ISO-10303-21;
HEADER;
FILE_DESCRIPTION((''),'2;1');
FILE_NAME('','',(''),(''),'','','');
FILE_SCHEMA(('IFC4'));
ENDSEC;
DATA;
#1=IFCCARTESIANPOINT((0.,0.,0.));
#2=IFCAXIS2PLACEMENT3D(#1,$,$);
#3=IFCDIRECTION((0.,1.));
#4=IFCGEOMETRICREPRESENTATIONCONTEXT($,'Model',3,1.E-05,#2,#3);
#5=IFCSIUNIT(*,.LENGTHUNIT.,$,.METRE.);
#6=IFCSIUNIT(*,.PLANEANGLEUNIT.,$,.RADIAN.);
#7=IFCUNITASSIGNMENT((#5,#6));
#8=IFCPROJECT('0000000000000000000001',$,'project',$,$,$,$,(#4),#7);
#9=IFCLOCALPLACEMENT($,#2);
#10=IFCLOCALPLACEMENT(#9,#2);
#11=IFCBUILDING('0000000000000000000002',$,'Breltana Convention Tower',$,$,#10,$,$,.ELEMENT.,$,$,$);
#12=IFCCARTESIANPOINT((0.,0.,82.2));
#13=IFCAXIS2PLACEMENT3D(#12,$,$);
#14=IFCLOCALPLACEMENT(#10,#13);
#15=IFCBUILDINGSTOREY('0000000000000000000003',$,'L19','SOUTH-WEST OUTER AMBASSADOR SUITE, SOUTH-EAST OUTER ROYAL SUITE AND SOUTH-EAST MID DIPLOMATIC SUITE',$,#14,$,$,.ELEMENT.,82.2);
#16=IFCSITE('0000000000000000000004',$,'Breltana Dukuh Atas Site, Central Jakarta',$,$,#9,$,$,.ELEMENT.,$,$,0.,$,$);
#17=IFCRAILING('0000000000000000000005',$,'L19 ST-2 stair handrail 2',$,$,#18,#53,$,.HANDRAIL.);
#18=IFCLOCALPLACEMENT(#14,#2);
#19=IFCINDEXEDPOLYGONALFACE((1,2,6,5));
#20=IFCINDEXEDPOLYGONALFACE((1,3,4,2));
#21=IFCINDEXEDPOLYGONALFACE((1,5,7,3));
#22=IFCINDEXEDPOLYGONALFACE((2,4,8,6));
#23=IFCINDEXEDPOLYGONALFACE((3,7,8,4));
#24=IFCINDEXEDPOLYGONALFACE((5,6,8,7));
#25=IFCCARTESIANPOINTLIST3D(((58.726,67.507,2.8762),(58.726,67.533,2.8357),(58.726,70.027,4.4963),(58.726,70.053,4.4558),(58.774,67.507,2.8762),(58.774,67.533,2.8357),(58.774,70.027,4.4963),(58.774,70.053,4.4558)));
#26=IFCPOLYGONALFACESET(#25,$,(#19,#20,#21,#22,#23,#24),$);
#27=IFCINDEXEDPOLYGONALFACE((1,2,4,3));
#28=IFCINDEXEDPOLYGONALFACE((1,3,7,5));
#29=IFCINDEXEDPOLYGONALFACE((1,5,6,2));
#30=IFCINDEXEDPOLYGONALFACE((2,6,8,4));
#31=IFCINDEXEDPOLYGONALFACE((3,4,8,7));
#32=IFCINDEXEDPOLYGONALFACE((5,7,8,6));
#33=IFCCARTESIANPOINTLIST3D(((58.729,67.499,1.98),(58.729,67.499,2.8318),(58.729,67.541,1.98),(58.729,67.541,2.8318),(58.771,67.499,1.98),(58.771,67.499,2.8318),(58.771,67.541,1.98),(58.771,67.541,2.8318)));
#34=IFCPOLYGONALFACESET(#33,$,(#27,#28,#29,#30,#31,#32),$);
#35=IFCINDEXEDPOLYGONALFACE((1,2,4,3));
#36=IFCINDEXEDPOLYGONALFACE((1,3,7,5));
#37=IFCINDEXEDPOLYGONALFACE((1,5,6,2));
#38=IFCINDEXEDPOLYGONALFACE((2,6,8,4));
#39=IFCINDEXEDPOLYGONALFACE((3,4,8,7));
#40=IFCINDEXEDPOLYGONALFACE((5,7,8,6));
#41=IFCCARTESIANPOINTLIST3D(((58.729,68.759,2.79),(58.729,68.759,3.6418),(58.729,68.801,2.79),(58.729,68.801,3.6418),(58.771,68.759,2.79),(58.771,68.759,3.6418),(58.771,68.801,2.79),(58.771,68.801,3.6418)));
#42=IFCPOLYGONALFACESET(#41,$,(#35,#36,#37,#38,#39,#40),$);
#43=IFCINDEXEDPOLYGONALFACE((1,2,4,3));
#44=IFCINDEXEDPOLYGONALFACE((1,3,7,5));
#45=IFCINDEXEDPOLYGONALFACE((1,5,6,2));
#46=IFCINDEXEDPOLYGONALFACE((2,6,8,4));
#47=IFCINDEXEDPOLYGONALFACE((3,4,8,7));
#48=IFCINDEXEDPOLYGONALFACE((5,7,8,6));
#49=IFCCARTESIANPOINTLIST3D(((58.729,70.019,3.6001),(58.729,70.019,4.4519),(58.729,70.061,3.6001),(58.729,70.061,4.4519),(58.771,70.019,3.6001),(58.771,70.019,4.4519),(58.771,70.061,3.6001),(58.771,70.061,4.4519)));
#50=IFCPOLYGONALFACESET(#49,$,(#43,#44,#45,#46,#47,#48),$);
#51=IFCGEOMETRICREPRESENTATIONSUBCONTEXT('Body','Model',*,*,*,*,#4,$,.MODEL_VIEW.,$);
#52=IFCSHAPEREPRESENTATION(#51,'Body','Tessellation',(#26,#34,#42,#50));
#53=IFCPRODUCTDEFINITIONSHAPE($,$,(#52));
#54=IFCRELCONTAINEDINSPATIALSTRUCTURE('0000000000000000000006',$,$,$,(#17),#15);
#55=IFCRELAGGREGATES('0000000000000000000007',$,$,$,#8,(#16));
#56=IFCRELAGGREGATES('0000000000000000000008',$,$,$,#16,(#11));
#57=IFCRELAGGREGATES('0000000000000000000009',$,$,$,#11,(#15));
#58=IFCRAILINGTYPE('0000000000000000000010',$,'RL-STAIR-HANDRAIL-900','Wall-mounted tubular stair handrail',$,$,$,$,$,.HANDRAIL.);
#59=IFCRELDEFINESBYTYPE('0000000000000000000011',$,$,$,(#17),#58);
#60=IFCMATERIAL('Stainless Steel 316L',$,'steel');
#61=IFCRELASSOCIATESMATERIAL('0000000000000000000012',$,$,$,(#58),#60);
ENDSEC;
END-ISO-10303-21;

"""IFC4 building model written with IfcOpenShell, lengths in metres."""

from ifc_helpers import new_model, si_unit, direction, frame, origin, origin_2d, place, context, subcontext, project, spatial, rectangle, extrude, material, type_object, element, save


model = new_model("IFC4")

# Units and contexts
model_context = context("Model", 3, precision=1e-05, world=origin(), true_north=direction((0.0, 1.0)))
body_context = subcontext(model_context, "Body", "Model", "MODEL_VIEW")
ifc_project = project(units=[si_unit("LENGTHUNIT", "METRE"), si_unit("PLANEANGLEUNIT", "RADIAN")], contexts=[model_context])

# Site, building, storey
site_placement = place(None, origin())
site = spatial("IfcSite", under=ifc_project, at=site_placement, Name="Breltana Dukuh Atas Site, Central Jakarta", CompositionType="ELEMENT", RefElevation=0.0)
building_placement = place(site_placement, origin())
building = spatial("IfcBuilding", under=site, at=building_placement, Name="Breltana Convention Tower", CompositionType="ELEMENT")
storey_placement = place(building_placement, frame((0.0, 0.0, 82.2)))
storey = spatial("IfcBuildingStorey", under=building, at=storey_placement, Name="L19", Description="SOUTH-WEST OUTER AMBASSADOR SUITE, SOUTH-EAST OUTER ROYAL SUITE AND SOUTH-EAST MID DIPLOMATIC SUITE", CompositionType="ELEMENT", Elevation=82.2)

# Railing
ifc_material_1 = material(Name="Stainless Steel 316L", Category="steel")
railing_type_1 = type_object("IfcRailingType", Name="RL-STAIR-HANDRAIL-900", Description="Wall-mounted tubular stair handrail", PredefinedType="HANDRAIL", material=ifc_material_1)
railing_1_placement = place(storey_placement, frame((58.75, 67.52, 1.98)))
element("IfcRailing", 1, at=railing_1_placement, inside=storey, type_object=railing_type_1, Name="L19 ST-2 stair handrail 2", PredefinedType="HANDRAIL", context=body_context, shape_type="SweptSolid", body=[
    extrude(rectangle(XDim=0.0481, YDim=0.0481, at=origin_2d()), frame((0.0, 0.0, 0.876), z_axis=(0.0, 0.841163, 0.540782), x_axis=(-1.0, 0.0, 0.0)), (0.0, 0.0, 1.0), 2.9958),
    extrude(rectangle(XDim=0.042, YDim=0.042, at=origin_2d()), origin(), (0.0, 0.0, 1.0), 0.8518),
    extrude(rectangle(XDim=0.042, YDim=0.042, at=origin_2d()), frame((0.0, 1.26, 0.8101)), (0.0, 0.0, 1.0), 0.8518),
    extrude(rectangle(XDim=0.042, YDim=0.042, at=origin_2d()), frame((0.0, 2.52, 1.6201)), (0.0, 0.0, 1.0), 0.8518),
])

save(model, "model.ifc")
